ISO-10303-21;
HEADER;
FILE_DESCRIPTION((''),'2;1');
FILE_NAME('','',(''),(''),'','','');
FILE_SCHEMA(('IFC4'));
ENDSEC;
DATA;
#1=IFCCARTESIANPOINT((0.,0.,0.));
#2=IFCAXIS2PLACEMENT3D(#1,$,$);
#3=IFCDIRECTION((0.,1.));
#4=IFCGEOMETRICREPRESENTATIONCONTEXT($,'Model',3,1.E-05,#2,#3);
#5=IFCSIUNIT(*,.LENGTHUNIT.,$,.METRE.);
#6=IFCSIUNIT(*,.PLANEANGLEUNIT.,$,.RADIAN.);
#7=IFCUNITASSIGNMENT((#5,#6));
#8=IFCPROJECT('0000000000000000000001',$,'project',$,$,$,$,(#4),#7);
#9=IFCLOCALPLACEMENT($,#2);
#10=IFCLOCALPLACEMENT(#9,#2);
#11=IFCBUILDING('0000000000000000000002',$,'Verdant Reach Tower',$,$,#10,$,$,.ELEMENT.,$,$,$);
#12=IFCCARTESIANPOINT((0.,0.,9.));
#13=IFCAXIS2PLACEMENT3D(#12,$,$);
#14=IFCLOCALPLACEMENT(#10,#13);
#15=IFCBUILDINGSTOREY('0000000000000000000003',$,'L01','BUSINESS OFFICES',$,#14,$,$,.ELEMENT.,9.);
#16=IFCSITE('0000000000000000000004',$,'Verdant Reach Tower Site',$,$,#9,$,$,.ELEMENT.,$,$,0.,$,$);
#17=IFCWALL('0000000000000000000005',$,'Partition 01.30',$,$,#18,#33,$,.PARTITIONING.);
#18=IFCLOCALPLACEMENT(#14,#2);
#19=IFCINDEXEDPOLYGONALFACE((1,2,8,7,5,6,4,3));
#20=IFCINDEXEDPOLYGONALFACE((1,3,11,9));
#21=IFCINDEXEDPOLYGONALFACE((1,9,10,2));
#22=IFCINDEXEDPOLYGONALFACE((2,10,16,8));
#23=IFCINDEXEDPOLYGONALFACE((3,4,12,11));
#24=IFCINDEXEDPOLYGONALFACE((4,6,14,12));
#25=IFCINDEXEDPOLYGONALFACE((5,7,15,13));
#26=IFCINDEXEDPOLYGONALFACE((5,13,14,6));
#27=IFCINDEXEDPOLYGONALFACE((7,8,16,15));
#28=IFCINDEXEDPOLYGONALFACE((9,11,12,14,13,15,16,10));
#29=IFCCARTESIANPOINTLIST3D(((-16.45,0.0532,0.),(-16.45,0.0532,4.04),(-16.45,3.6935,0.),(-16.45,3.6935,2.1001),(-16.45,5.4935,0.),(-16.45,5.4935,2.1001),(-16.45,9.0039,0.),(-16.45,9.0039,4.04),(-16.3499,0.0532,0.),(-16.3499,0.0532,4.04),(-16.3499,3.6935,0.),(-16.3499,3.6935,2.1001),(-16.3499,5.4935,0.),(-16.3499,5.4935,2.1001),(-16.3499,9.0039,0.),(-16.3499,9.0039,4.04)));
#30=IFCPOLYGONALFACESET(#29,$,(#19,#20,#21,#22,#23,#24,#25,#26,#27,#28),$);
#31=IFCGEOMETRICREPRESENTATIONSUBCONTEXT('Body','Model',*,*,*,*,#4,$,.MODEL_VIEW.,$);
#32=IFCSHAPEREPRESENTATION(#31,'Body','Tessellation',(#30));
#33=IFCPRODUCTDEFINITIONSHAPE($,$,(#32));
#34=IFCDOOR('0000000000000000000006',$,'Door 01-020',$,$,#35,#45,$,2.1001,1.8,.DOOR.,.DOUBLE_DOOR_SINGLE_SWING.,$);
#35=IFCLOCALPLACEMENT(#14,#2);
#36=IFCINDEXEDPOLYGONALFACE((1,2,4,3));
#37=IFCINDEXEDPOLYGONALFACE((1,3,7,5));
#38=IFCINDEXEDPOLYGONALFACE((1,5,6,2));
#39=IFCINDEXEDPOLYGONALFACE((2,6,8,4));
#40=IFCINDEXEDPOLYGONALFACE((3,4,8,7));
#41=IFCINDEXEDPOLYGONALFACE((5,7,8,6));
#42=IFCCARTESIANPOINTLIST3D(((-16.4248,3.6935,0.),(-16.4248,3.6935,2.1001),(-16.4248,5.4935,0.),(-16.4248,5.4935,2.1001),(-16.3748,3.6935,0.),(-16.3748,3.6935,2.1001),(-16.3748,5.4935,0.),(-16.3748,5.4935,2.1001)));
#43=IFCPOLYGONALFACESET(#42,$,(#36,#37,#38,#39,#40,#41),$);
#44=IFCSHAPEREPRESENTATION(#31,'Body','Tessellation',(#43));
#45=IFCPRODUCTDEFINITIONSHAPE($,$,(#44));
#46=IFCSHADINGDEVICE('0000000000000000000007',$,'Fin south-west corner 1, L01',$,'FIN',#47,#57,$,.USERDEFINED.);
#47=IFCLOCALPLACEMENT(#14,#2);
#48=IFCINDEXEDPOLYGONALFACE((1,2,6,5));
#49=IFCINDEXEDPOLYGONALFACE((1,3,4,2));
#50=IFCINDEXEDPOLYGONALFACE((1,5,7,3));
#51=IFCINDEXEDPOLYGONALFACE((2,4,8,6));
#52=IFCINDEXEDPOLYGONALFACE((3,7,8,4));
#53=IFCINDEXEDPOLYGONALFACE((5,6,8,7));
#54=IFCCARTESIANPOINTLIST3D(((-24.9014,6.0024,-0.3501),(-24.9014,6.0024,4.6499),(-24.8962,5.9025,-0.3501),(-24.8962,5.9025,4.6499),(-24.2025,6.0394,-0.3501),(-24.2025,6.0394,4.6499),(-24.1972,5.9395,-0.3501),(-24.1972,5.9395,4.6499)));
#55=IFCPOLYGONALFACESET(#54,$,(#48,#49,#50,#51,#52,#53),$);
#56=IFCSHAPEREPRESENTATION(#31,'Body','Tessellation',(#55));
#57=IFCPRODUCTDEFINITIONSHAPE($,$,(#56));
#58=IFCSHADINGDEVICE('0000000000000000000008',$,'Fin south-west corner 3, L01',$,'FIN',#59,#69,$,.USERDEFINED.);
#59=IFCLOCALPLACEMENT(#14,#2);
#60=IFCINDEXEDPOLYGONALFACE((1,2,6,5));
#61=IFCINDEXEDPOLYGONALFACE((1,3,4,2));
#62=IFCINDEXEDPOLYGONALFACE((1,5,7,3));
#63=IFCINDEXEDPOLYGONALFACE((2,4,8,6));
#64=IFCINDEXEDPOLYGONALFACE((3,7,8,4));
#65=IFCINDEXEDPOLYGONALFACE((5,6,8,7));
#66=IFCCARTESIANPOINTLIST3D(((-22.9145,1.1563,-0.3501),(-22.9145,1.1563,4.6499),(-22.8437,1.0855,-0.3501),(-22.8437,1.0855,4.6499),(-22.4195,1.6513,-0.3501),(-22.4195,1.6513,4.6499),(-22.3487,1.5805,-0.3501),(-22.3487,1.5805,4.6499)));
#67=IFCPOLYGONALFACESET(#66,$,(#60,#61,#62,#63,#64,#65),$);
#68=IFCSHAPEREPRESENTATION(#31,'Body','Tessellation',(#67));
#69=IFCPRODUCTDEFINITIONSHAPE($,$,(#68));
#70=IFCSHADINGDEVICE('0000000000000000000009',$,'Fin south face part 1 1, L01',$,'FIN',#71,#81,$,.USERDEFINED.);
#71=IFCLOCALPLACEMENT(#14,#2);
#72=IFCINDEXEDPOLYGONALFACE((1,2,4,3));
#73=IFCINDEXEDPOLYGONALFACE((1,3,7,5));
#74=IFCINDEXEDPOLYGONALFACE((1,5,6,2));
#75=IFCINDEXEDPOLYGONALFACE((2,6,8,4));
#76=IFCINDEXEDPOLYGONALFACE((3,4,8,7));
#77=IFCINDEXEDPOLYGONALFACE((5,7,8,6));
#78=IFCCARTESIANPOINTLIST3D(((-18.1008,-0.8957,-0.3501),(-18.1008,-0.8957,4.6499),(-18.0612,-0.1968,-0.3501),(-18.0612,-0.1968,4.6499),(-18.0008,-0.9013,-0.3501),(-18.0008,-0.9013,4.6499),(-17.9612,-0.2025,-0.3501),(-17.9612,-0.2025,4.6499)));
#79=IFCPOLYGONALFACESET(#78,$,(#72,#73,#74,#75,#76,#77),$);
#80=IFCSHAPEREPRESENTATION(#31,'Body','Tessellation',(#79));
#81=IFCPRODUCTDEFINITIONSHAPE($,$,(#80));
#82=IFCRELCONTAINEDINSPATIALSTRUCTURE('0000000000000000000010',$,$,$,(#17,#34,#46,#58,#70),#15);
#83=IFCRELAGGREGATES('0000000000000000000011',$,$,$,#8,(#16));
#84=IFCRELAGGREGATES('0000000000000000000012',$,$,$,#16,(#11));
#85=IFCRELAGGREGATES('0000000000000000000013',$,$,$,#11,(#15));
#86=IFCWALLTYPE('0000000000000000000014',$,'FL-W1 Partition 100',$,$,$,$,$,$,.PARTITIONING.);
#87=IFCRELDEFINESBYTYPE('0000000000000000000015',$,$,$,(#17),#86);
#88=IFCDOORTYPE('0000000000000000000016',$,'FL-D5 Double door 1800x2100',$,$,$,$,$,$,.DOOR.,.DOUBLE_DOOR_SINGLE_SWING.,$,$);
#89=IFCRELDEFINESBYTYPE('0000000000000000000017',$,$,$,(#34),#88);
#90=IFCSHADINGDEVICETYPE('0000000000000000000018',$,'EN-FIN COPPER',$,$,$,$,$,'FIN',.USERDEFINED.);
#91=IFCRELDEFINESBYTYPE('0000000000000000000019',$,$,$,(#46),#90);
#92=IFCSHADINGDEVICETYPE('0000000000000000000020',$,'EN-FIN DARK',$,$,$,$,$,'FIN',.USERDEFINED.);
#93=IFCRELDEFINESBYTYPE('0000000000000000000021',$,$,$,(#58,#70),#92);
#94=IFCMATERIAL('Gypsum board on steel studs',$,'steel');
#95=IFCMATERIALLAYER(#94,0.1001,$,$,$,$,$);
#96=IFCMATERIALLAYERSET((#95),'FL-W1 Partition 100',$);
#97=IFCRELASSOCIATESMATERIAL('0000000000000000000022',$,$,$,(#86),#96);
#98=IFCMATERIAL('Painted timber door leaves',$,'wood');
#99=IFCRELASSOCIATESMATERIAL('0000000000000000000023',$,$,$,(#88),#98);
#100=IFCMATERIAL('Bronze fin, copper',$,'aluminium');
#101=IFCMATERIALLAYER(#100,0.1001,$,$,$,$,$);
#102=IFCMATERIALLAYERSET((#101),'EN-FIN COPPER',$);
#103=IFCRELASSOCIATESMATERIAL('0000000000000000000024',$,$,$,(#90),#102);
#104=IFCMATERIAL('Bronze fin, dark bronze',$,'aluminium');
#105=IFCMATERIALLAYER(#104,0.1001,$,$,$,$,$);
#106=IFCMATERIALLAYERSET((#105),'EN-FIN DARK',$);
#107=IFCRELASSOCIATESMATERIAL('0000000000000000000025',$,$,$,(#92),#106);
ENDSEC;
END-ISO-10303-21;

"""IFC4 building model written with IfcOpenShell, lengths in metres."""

from ifc_helpers import new_model, si_unit, direction, frame, frame_2d, origin, origin_2d, place, context, subcontext, project, spatial, rectangle, extrude, material, layer, layer_set, type_object, element, fill, save


model = new_model("IFC4")

# Units and contexts
model_context = context("Model", 3, precision=1e-05, world=origin(), true_north=direction((0.0, 1.0)))
body_context = subcontext(model_context, "Body", "Model", "MODEL_VIEW")
ifc_project = project(units=[si_unit("LENGTHUNIT", "METRE"), si_unit("PLANEANGLEUNIT", "RADIAN")], contexts=[model_context])

# Site, building, storey
site_placement = place(None, origin())
site = spatial("IfcSite", under=ifc_project, at=site_placement, Name="Verdant Reach Tower Site", CompositionType="ELEMENT", RefElevation=0.0)
building_placement = place(site_placement, origin())
building = spatial("IfcBuilding", under=site, at=building_placement, Name="Verdant Reach Tower", CompositionType="ELEMENT")
storey_placement = place(building_placement, frame((0.0, 0.0, 9.0)))
storey = spatial("IfcBuildingStorey", under=building, at=storey_placement, Name="L01", Description="BUSINESS OFFICES", CompositionType="ELEMENT", Elevation=9.0)

# Wall, opening, door
ifc_material_1 = material(Name="Gypsum board on steel studs", Category="steel")
ifc_layer_1 = layer(ifc_material_1, 0.1001)
ifc_layer_set_1 = layer_set([ifc_layer_1], Name="FL-W1 Partition 100")
wall_type = type_object("IfcWallType", Name="FL-W1 Partition 100", PredefinedType="PARTITIONING", material=ifc_layer_set_1)
wall_placement = place(storey_placement, frame((-16.3999, 0.0532, 0.0), z_axis=(0.0, 0.0, 1.0), x_axis=(0.0, 1.0, 0.0)))
wall = element("IfcWall", 1, at=wall_placement, inside=storey, type_object=wall_type, Name="Partition 01.30", PredefinedType="PARTITIONING", context=body_context, shape_type="SweptSolid", body=[
    extrude(rectangle(XDim=8.9507, YDim=0.1001, at=frame_2d((4.4753, 0.0))), origin(), (0.0, 0.0, 1.0), 4.04),
])
opening_placement = place(wall_placement, frame((3.6404, 0.0, 0.0)))
opening = element("IfcOpeningElement", 2, at=opening_placement, cuts=wall, PredefinedType="OPENING", context=body_context, shape_type="SweptSolid", body=[
    extrude(rectangle(XDim=1.8, YDim=2.1001, at=frame_2d((0.8999, 1.05))), frame((0.0, 0.0601, 0.0), z_axis=(0.0, -1.0, 0.0), x_axis=(1.0, 0.0, 0.0)), (0.0, 0.0, 1.0), 0.1201),
])
ifc_material_2 = material(Name="Painted timber door leaves", Category="wood")
door_type = type_object("IfcDoorType", Name="FL-D5 Double door 1800x2100", OperationType="DOUBLE_DOOR_SINGLE_SWING", PredefinedType="DOOR", material=ifc_material_2)
door_placement = place(opening_placement, origin())
door = element("IfcDoor", 3, at=door_placement, inside=storey, type_object=door_type, Name="Door 01-020", OperationType="DOUBLE_DOOR_SINGLE_SWING", OverallHeight=2.1001, OverallWidth=1.8, PredefinedType="DOOR", context=body_context, shape_type="SweptSolid", body=[
    extrude(rectangle(XDim=1.8, YDim=2.1001, at=frame_2d((0.8999, 1.05))), frame((0.0, 0.0249, 0.0), z_axis=(0.0, -1.0, 0.0), x_axis=(1.0, 0.0, 0.0)), (0.0, 0.0, 1.0), 0.05),
])
fill(opening, door)

# Shading devices
ifc_material_3 = material(Name="Bronze fin, copper", Category="aluminium")
ifc_layer_2 = layer(ifc_material_3, 0.1001)
ifc_layer_set_2 = layer_set([ifc_layer_2], Name="EN-FIN COPPER")
shading_device_type_1 = type_object("IfcShadingDeviceType", Name="EN-FIN COPPER", ElementType="FIN", PredefinedType="USERDEFINED", material=ifc_layer_set_2)
shading_device_placement = place(storey_placement, frame((-24.5493, 5.9709, -0.3501), z_axis=(0.0, 0.0, 1.0), x_axis=(0.052815, -0.998604, 0.0)))
element("IfcShadingDevice", 4, at=shading_device_placement, inside=storey, type_object=shading_device_type_1, Name="Fin south-west corner 1, L01", ObjectType="FIN", PredefinedType="USERDEFINED", context=body_context, shape_type="SweptSolid", body=[
    extrude(rectangle(XDim=0.1001, YDim=0.7, at=origin_2d()), origin(), (0.0, 0.0, 1.0), 5.0),
])
ifc_material_4 = material(Name="Bronze fin, dark bronze", Category="aluminium")
ifc_layer_3 = layer(ifc_material_4, 0.1001)
ifc_layer_set_3 = layer_set([ifc_layer_3], Name="EN-FIN DARK")
shading_device_type_2 = type_object("IfcShadingDeviceType", Name="EN-FIN DARK", ElementType="FIN", PredefinedType="USERDEFINED", material=ifc_layer_set_3)
for number, where, z_axis, x_axis, name in (
    (5, (-22.6316, 1.3684, -0.3501), (0.0, 0.0, 1.0), (0.707107, -0.707107, 0.0), "Fin south-west corner 3, L01"),
    (6, (-18.031, -0.5491, -0.3501), (0.0, 0.0, 1.0), (0.998399, -0.056569, 0.0), "Fin south face part 1 1, L01"),
):
    element("IfcShadingDevice", number, at=place(storey_placement, frame(where, z_axis=z_axis, x_axis=x_axis)), inside=storey, type_object=shading_device_type_2, Name=name, ObjectType="FIN", PredefinedType="USERDEFINED", context=body_context, shape_type="SweptSolid", body=[
        extrude(rectangle(XDim=0.1001, YDim=0.7, at=origin_2d()), origin(), (0.0, 0.0, 1.0), 5.0),
    ])

save(model, "model.ifc")
